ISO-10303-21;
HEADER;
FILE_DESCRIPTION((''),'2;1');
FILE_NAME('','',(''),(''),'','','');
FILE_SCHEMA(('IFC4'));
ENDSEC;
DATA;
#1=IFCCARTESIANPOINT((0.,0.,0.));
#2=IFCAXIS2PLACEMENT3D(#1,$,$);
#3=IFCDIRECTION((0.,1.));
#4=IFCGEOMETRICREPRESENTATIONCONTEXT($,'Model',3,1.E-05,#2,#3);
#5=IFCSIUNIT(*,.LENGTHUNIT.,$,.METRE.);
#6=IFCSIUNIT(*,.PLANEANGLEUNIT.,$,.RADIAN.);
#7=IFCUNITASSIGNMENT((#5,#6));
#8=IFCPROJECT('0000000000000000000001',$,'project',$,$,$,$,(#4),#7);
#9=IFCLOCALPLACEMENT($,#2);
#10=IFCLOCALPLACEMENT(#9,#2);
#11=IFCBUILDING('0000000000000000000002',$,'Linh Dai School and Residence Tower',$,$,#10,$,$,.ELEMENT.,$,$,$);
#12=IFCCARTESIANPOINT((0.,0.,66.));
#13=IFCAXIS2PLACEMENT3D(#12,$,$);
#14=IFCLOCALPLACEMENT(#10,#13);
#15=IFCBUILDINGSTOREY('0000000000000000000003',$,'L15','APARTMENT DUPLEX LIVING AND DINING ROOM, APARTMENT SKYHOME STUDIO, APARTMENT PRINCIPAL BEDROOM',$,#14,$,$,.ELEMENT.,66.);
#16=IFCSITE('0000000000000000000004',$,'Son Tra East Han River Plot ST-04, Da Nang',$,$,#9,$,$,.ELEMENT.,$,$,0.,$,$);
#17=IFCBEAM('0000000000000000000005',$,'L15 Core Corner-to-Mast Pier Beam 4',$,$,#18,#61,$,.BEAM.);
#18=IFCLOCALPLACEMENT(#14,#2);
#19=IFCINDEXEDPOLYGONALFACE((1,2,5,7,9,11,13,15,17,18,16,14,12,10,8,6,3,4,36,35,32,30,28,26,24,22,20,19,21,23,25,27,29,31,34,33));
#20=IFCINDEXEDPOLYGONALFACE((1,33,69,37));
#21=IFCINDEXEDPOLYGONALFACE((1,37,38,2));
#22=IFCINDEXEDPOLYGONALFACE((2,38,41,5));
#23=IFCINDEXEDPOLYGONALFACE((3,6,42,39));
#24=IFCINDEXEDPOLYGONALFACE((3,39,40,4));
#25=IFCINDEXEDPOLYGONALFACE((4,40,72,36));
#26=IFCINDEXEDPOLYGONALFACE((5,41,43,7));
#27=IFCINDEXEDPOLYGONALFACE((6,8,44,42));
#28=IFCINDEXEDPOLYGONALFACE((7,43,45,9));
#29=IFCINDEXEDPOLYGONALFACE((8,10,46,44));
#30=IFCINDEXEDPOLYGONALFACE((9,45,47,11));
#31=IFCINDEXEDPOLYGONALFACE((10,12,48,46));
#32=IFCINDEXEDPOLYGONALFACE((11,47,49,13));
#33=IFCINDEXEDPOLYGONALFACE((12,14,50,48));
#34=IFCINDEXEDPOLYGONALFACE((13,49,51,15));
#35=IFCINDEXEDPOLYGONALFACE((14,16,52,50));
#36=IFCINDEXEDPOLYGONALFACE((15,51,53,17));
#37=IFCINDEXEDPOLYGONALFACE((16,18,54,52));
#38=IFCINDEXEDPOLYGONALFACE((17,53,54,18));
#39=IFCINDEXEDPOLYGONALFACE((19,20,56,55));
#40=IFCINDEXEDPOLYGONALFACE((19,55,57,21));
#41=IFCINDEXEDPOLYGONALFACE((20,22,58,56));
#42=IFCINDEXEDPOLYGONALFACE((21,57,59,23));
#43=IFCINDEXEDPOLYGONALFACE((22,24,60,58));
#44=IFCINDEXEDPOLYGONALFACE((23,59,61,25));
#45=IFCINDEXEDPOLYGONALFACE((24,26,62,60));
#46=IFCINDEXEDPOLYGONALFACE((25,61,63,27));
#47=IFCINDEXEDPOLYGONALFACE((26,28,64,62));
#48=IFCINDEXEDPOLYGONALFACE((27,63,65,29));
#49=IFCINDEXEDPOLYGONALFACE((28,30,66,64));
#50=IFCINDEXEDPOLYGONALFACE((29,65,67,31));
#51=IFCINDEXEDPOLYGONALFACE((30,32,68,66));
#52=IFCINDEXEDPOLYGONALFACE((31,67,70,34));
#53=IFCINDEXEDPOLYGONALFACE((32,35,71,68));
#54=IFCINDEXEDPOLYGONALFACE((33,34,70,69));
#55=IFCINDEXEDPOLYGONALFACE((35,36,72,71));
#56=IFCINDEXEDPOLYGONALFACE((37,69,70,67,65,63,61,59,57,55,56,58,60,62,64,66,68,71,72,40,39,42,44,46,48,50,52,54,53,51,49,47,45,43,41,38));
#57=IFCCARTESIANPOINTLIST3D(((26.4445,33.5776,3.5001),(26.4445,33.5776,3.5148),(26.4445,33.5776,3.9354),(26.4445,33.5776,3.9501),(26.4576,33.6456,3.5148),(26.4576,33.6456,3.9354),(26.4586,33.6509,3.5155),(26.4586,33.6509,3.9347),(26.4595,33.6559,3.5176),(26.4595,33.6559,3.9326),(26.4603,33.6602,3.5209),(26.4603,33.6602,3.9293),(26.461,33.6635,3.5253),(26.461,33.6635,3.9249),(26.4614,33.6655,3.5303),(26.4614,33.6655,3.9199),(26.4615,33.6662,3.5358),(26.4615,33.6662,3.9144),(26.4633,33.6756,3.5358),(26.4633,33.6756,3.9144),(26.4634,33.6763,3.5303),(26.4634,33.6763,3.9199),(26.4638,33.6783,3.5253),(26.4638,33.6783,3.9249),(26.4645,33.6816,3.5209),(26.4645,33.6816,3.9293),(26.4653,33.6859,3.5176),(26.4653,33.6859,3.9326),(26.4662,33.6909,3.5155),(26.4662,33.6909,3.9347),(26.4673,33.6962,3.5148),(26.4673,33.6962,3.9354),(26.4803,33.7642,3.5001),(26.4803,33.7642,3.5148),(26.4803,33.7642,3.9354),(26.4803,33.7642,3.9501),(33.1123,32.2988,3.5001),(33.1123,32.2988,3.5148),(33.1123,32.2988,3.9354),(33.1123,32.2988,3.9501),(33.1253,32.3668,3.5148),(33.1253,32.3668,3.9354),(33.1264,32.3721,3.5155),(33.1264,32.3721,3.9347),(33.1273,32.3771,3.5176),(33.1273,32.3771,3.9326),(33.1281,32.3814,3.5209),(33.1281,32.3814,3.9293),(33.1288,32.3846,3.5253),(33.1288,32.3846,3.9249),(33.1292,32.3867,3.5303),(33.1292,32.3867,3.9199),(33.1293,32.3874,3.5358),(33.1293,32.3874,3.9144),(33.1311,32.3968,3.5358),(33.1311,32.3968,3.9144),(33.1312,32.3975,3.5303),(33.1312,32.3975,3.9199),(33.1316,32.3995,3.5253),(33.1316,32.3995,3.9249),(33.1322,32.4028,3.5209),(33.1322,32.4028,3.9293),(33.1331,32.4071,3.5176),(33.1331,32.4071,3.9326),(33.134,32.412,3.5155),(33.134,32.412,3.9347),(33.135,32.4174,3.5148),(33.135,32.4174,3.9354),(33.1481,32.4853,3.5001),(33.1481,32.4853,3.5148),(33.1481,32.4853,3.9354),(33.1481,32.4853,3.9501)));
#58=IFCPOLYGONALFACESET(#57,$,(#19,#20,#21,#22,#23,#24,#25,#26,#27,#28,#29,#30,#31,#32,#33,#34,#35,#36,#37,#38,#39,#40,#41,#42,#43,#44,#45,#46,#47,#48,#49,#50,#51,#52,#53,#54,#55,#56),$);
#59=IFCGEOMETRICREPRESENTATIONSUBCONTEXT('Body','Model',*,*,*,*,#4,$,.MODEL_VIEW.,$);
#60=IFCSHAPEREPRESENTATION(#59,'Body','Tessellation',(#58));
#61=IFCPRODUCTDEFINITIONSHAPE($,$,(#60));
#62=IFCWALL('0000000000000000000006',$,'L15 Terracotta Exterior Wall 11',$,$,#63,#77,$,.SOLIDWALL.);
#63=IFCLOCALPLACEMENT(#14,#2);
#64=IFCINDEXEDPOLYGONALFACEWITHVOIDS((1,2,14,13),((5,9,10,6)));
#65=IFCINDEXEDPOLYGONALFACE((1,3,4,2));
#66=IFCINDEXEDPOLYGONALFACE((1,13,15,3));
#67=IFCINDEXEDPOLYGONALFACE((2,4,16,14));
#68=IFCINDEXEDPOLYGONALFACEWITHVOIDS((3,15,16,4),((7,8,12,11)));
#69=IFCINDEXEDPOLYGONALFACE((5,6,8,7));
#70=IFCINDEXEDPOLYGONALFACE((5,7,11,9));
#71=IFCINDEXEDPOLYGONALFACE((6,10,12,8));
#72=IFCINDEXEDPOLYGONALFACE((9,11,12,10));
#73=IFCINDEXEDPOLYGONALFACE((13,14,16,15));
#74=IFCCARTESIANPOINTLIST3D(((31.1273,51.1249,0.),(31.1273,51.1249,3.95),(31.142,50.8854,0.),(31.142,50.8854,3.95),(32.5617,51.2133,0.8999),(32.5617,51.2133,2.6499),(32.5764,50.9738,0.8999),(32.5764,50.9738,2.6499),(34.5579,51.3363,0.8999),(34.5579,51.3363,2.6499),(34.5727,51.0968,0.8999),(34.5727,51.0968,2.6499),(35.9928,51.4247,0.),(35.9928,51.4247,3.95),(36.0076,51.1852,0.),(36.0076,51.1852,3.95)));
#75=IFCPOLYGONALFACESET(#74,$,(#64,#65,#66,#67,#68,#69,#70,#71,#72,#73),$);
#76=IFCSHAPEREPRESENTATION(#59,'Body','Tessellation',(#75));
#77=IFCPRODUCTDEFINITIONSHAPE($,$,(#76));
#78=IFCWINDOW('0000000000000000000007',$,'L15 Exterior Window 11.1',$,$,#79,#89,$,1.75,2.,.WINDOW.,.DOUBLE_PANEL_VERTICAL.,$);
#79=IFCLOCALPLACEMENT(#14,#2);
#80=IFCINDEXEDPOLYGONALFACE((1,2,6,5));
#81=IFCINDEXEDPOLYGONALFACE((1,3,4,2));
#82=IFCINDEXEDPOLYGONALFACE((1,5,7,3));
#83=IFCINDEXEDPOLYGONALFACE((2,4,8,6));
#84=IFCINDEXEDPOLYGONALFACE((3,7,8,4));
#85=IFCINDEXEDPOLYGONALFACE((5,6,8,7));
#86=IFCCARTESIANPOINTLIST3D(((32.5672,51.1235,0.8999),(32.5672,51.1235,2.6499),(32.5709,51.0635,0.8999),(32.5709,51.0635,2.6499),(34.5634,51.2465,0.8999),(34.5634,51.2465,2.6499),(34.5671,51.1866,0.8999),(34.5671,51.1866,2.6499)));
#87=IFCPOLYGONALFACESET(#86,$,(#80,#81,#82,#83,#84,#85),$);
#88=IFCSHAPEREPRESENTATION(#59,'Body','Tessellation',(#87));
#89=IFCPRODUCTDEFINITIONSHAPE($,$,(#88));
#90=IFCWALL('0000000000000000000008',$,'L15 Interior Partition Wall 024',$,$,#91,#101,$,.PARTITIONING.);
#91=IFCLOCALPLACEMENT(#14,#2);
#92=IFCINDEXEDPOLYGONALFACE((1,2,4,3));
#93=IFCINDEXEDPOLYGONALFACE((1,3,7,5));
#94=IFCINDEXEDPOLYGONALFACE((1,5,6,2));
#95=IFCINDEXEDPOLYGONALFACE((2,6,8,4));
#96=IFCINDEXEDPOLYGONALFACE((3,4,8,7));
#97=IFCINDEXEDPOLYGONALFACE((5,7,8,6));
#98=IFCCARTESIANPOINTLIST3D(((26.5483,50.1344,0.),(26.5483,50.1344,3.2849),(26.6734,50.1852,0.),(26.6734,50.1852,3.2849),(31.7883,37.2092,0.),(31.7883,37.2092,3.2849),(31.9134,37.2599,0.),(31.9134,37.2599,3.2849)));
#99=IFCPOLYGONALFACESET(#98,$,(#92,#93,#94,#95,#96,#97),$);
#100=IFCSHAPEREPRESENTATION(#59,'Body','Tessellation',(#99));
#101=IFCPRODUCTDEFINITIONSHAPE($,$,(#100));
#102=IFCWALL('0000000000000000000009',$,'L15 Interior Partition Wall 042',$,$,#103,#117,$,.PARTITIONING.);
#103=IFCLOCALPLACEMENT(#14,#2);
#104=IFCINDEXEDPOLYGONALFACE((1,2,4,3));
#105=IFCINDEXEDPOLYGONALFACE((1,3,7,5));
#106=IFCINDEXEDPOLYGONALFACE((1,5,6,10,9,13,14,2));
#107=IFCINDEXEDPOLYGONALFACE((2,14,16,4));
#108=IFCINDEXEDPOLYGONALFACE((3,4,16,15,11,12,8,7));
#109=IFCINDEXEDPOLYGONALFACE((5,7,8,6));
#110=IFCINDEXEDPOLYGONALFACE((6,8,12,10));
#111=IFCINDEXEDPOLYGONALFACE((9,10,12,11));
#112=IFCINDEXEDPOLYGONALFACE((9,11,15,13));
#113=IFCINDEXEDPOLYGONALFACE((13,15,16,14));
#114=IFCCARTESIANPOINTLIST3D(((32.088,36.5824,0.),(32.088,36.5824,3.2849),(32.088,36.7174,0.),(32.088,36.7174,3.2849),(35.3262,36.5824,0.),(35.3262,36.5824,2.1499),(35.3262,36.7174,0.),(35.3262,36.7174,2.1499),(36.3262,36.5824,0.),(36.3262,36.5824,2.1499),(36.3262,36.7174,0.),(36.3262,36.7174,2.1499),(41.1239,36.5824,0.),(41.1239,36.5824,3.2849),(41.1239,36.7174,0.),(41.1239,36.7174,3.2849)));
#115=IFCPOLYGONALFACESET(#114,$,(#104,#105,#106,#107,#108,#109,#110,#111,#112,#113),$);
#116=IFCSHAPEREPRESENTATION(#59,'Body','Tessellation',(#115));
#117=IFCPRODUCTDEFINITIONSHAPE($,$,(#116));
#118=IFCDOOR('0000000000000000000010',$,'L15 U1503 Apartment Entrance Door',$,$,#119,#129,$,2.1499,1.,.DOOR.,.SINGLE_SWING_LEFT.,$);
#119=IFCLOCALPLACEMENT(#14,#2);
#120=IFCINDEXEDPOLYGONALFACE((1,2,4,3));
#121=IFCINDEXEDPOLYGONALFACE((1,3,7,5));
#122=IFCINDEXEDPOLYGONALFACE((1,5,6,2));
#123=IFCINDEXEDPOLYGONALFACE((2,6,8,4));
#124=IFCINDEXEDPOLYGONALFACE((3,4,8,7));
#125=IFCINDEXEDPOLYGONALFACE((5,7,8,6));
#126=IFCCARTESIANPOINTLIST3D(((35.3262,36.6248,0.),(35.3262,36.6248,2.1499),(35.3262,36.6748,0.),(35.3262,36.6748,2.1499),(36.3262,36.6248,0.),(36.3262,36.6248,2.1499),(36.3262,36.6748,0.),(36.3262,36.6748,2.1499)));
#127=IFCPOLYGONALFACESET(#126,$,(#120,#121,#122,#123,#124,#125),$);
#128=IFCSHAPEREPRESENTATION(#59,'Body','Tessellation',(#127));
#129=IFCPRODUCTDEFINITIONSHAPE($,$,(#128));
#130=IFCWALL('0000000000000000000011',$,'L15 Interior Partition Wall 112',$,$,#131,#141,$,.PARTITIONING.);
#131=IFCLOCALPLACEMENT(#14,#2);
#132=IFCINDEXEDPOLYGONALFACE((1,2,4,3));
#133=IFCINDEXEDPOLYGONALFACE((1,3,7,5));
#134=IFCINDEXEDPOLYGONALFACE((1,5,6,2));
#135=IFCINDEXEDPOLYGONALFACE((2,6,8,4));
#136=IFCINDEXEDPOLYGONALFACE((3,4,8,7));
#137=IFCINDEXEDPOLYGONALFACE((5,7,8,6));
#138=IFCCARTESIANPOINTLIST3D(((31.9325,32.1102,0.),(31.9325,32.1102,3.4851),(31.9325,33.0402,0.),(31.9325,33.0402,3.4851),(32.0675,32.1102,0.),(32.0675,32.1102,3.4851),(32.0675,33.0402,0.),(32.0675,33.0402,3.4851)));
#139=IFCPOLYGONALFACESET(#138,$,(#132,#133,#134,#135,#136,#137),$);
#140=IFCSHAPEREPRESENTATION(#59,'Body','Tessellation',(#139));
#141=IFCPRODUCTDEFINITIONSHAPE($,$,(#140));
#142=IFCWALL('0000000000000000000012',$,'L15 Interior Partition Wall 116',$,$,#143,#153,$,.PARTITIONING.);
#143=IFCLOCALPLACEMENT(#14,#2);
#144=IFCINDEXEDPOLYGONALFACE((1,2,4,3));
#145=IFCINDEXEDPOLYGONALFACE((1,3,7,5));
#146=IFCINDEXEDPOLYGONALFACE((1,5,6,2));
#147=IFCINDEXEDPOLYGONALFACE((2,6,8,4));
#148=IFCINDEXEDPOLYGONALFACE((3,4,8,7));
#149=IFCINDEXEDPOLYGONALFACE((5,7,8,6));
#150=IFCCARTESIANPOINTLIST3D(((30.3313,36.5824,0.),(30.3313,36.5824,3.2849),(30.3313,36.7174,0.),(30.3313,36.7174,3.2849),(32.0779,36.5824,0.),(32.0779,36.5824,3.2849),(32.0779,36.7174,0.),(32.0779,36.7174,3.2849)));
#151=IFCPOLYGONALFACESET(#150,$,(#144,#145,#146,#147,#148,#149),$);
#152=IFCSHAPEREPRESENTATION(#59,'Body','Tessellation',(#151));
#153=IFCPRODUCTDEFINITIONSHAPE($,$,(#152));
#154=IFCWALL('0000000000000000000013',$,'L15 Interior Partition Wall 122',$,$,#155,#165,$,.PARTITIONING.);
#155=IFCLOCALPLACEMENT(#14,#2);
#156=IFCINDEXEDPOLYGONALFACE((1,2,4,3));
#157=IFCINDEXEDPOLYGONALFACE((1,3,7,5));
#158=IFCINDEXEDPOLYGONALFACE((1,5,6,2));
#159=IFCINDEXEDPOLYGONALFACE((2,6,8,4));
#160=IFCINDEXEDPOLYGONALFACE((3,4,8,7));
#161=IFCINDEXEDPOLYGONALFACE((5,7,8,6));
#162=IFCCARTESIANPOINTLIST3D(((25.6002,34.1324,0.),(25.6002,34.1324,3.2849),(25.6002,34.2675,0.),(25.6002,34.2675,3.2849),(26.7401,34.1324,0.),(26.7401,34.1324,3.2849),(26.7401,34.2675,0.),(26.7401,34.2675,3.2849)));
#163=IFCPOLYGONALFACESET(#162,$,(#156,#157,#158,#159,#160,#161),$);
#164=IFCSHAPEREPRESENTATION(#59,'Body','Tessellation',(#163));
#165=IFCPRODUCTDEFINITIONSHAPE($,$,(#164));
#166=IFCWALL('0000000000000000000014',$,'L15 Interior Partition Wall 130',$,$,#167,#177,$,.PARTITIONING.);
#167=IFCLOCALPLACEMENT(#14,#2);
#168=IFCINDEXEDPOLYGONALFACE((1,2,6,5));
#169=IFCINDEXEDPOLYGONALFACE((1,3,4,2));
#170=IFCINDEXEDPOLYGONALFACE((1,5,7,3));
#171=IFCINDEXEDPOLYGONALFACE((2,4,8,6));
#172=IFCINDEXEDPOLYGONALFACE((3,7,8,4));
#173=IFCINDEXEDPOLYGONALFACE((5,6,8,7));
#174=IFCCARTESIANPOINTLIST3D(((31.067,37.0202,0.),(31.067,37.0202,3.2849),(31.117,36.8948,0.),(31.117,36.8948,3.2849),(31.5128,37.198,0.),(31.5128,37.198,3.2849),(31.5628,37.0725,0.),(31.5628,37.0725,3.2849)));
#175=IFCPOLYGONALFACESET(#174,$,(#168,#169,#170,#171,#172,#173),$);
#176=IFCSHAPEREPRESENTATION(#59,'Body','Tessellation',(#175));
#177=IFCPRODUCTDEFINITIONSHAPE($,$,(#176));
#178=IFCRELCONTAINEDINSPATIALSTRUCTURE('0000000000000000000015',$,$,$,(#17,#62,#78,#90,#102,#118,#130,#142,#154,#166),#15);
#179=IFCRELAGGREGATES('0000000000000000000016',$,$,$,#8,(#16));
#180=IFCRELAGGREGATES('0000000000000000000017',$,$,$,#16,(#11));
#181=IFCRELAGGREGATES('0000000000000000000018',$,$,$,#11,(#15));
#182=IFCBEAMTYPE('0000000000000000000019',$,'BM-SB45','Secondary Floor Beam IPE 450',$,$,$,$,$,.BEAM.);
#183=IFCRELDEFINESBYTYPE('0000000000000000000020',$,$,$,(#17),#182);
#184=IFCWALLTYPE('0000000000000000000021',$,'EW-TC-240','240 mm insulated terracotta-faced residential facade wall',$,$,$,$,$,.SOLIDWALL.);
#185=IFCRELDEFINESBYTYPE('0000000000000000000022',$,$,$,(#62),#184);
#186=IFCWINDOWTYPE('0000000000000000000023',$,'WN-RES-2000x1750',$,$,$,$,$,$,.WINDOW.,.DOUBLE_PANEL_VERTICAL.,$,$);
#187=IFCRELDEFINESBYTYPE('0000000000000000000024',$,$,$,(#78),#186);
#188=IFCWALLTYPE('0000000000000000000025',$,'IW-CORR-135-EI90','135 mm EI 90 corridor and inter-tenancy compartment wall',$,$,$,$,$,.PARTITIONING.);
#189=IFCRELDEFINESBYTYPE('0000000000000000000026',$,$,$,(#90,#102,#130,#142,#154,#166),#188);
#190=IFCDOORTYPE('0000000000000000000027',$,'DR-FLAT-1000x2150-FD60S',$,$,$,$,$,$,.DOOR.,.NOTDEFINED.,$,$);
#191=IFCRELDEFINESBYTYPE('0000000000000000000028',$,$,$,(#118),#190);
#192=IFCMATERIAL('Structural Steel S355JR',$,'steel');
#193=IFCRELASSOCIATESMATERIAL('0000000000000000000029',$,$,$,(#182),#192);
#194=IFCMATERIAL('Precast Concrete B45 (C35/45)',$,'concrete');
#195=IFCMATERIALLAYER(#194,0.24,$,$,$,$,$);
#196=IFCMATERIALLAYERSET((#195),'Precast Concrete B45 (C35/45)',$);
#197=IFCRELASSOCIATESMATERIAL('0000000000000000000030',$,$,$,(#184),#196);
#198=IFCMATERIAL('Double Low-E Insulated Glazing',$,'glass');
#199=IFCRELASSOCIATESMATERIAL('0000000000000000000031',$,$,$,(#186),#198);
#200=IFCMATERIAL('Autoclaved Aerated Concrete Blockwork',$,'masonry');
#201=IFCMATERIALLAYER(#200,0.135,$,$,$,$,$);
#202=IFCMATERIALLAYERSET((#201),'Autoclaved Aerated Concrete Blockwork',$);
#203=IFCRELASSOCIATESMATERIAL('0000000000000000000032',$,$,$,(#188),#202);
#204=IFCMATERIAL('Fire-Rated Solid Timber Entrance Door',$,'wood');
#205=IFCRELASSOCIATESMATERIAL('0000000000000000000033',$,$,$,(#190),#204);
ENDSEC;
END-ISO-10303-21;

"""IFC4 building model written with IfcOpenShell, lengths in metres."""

from ifc_helpers import new_model, si_unit, direction, frame, frame_2d, origin, origin_2d, place, context, subcontext, project, spatial, rectangle, i_section, extrude, source, transform, mapped, material, layer, layer_set, material_profile, profile_set, type_object, element, fill, save


model = new_model("IFC4")

# Units and contexts
model_context = context("Model", 3, precision=1e-05, world=origin(), true_north=direction((0.0, 1.0)))
body_context = subcontext(model_context, "Body", "Model", "MODEL_VIEW")
ifc_project = project(units=[si_unit("LENGTHUNIT", "METRE"), si_unit("PLANEANGLEUNIT", "RADIAN")], contexts=[model_context])

# Site, building, storey
site_placement = place(None, origin())
site = spatial("IfcSite", under=ifc_project, at=site_placement, Name="Son Tra East Han River Plot ST-04, Da Nang", CompositionType="ELEMENT", RefElevation=0.0)
building_placement = place(site_placement, origin())
building = spatial("IfcBuilding", under=site, at=building_placement, Name="Linh Dai School and Residence Tower", CompositionType="ELEMENT")
storey_placement = place(building_placement, frame((0.0, 0.0, 66.0)))
storey = spatial("IfcBuildingStorey", under=building, at=storey_placement, Name="L15", Description="APARTMENT DUPLEX LIVING AND DINING ROOM, APARTMENT SKYHOME STUDIO, APARTMENT PRINCIPAL BEDROOM", CompositionType="ELEMENT", Elevation=66.0)

# Shared definitions
ifc_material_1 = material(Name="Structural Steel S355JR", Category="steel")

# Beam
ifc_material_profile_1 = material_profile(ifc_material_1, i_section(OverallWidth=0.1899, OverallDepth=0.45, WebThickness=0.0095, FlangeThickness=0.0146, FilletRadius=0.021, at=origin_2d()), Name="IPE 450")
ifc_profile_set_1 = profile_set([ifc_material_profile_1], Name="Structural Steel S355JR")
beam_type_1 = type_object("IfcBeamType", Name="BM-SB45", Description="Secondary Floor Beam IPE 450", PredefinedType="BEAM", material=ifc_profile_set_1)
beam_1_placement = place(storey_placement, frame((26.4624, 33.6709, 3.7251), z_axis=(0.9821, -0.188358, 0.0), x_axis=(0.188358, 0.9821, 0.0)))
element("IfcBeam", 1, at=beam_1_placement, inside=storey, type_object=beam_type_1, Name="L15 Core Corner-to-Mast Pier Beam 4", PredefinedType="BEAM", context=body_context, shape_type="SweptSolid", body=[
    extrude(i_section(OverallWidth=0.1899, OverallDepth=0.45, WebThickness=0.0095, FlangeThickness=0.0146, FilletRadius=0.021, at=origin_2d()), origin(), (0.0, 0.0, 1.0), 6.7893),
])

# Wall, opening, window
ifc_material_2 = material(Name="Precast Concrete B45 (C35/45)", Category="concrete")
ifc_layer_1 = layer(ifc_material_2, 0.24)
ifc_layer_set_1 = layer_set([ifc_layer_1], Name="Precast Concrete B45 (C35/45)")
wall_type_1 = type_object("IfcWallType", Name="EW-TC-240", Description="240 mm insulated terracotta-faced residential facade wall", PredefinedType="SOLIDWALL", material=ifc_layer_set_1)
wall_1_placement = place(storey_placement, frame((31.1345, 51.0051, 0.0), z_axis=(0.0, 0.0, 1.0), x_axis=(0.998107, 0.061502, 0.0)))
wall_1 = element("IfcWall", 2, at=wall_1_placement, inside=storey, type_object=wall_type_1, Name="L15 Terracotta Exterior Wall 11", PredefinedType="SOLIDWALL", context=body_context, shape_type="SweptSolid", body=[
    extrude(rectangle(XDim=4.8748, YDim=0.24, at=frame_2d((2.4375, 0.0))), origin(), (0.0, 0.0, 1.0), 3.95),
])
opening_1_placement = place(wall_1_placement, frame((1.4373, 0.0, 0.8999)))
opening_1 = element("IfcOpeningElement", 3, at=opening_1_placement, cuts=wall_1, PredefinedType="OPENING", context=body_context, shape_type="SweptSolid", body=[
    extrude(rectangle(XDim=2.0, YDim=1.75, at=origin_2d()), frame((1.0, 0.1299, 0.875), z_axis=(0.0, -1.0, 0.0), x_axis=(1.0, 0.0, 0.0)), (0.0, 0.0, 1.0), 0.26),
])
ifc_material_3 = material(Name="Double Low-E Insulated Glazing", Category="glass")
window_type = type_object("IfcWindowType", Name="WN-RES-2000x1750", PartitioningType="DOUBLE_PANEL_VERTICAL", PredefinedType="WINDOW", material=ifc_material_3)
shared_shape_1 = source(origin(), body_context, "Body", "SweptSolid", [
    extrude(rectangle(XDim=2.0, YDim=1.75, at=origin_2d()), frame((1.0, 0.03, 0.875), z_axis=(0.0, -1.0, 0.0), x_axis=(1.0, 0.0, 0.0)), (0.0, 0.0, 1.0), 0.0601),
])
window_placement = place(opening_1_placement, origin())
window = element("IfcWindow", 4, at=window_placement, inside=storey, type_object=window_type, Name="L15 Exterior Window 11.1", OverallHeight=1.75, OverallWidth=2.0, PartitioningType="DOUBLE_PANEL_VERTICAL", PredefinedType="WINDOW", context=body_context, shape_type="MappedRepresentation", body=[
    mapped(shared_shape_1, transform((0.0, 0.0, 0.0), x_axis=(1.0, 0.0, 0.0), y_axis=(0.0, 1.0, 0.0), z_axis=(0.0, 0.0, 1.0), scale=1.0)),
])
fill(opening_1, window)

# Wall
ifc_material_4 = material(Name="Autoclaved Aerated Concrete Blockwork", Category="masonry")
ifc_layer_2 = layer(ifc_material_4, 0.135)
ifc_layer_set_2 = layer_set([ifc_layer_2], Name="Autoclaved Aerated Concrete Blockwork")
wall_type_2 = type_object("IfcWallType", Name="IW-CORR-135-EI90", Description="135 mm EI 90 corridor and inter-tenancy compartment wall", PredefinedType="PARTITIONING", material=ifc_layer_set_2)
wall_2_placement = place(storey_placement, frame((26.6108, 50.1599, 0.0), z_axis=(0.0, 0.0, 1.0), x_axis=(0.375706, -0.926739, 0.0)))
element("IfcWall", 5, at=wall_2_placement, inside=storey, type_object=wall_type_2, Name="L15 Interior Partition Wall 024", PredefinedType="PARTITIONING", context=body_context, shape_type="SweptSolid", body=[
    extrude(rectangle(XDim=13.947, YDim=0.135, at=frame_2d((6.9736, 0.0))), origin(), (0.0, 0.0, 1.0), 3.2849),
])

# Wall, opening, door
wall_3_placement = place(storey_placement, frame((32.0879, 36.6499, 0.0), z_axis=(0.0, 0.0, 1.0), x_axis=(1.0, 0.0, 0.0)))
wall_3 = element("IfcWall", 6, at=wall_3_placement, inside=storey, type_object=wall_type_2, Name="L15 Interior Partition Wall 042", PredefinedType="PARTITIONING", context=body_context, shape_type="SweptSolid", body=[
    extrude(rectangle(XDim=9.0359, YDim=0.135, at=frame_2d((4.5181, 0.0))), origin(), (0.0, 0.0, 1.0), 3.2849),
])
opening_2_placement = place(wall_3_placement, frame((3.2383, 0.0, 0.0)))
opening_2 = element("IfcOpeningElement", 7, at=opening_2_placement, cuts=wall_3, PredefinedType="OPENING", context=body_context, shape_type="SweptSolid", body=[
    extrude(rectangle(XDim=1.0, YDim=2.1499, at=origin_2d()), frame((0.5, 0.0776, 1.075), z_axis=(0.0, -1.0, 0.0), x_axis=(1.0, 0.0, 0.0)), (0.0, 0.0, 1.0), 0.155),
])
ifc_material_5 = material(Name="Fire-Rated Solid Timber Entrance Door", Category="wood")
door_type_1 = type_object("IfcDoorType", Name="DR-FLAT-1000x2150-FD60S", OperationType="NOTDEFINED", PredefinedType="DOOR", material=ifc_material_5)
shared_shape_2 = source(origin(), body_context, "Body", "SweptSolid", [
    extrude(rectangle(XDim=1.0, YDim=2.1499, at=origin_2d()), frame((0.5, 0.0249, 1.075), z_axis=(0.0, -1.0, 0.0), x_axis=(1.0, 0.0, 0.0)), (0.0, 0.0, 1.0), 0.05),
])
door_1_placement = place(opening_2_placement, origin())
door_1 = element("IfcDoor", 8, at=door_1_placement, inside=storey, type_object=door_type_1, Name="L15 U1503 Apartment Entrance Door", OperationType="SINGLE_SWING_LEFT", OverallHeight=2.1499, OverallWidth=1.0, PredefinedType="DOOR", context=body_context, shape_type="MappedRepresentation", body=[
    mapped(shared_shape_2, transform((0.0, 0.0, 0.0), x_axis=(1.0, 0.0, 0.0), y_axis=(0.0, 1.0, 0.0), z_axis=(0.0, 0.0, 1.0), scale=1.0)),
])
fill(opening_2, door_1)

# Walls
wall_4_placement = place(storey_placement, frame((32.0, 33.04, 0.0), z_axis=(0.0, 0.0, 1.0), x_axis=(0.0, -1.0, 0.0)))
element("IfcWall", 9, at=wall_4_placement, inside=storey, type_object=wall_type_2, Name="L15 Interior Partition Wall 112", PredefinedType="PARTITIONING", context=body_context, shape_type="SweptSolid", body=[
    extrude(rectangle(XDim=0.9299, YDim=0.135, at=frame_2d((0.4648, 0.0))), origin(), (0.0, 0.0, 1.0), 3.4851),
])
wall_5_placement = place(storey_placement, frame((30.3313, 36.6499, 0.0), z_axis=(0.0, 0.0, 1.0), x_axis=(1.0, 0.0, 0.0)))
element("IfcWall", 10, at=wall_5_placement, inside=storey, type_object=wall_type_2, Name="L15 Interior Partition Wall 116", PredefinedType="PARTITIONING", context=body_context, shape_type="SweptSolid", body=[
    extrude(rectangle(XDim=1.7466, YDim=0.135, at=frame_2d((0.8733, 0.0))), origin(), (0.0, 0.0, 1.0), 3.2849),
])
wall_6_placement = place(storey_placement, frame((26.74, 34.2, 0.0), z_axis=(0.0, 0.0, 1.0), x_axis=(-1.0, 0.0, 0.0)))
element("IfcWall", 11, at=wall_6_placement, inside=storey, type_object=wall_type_2, Name="L15 Interior Partition Wall 122", PredefinedType="PARTITIONING", context=body_context, shape_type="SweptSolid", body=[
    extrude(rectangle(XDim=1.1399, YDim=0.135, at=frame_2d((0.5698, 0.0))), origin(), (0.0, 0.0, 1.0), 3.2849),
])
wall_7_placement = place(storey_placement, frame((31.5378, 37.1353, 0.0), z_axis=(0.0, 0.0, 1.0), x_axis=(-0.928897, -0.370338, 0.0)))
element("IfcWall", 12, at=wall_7_placement, inside=storey, type_object=wall_type_2, Name="L15 Interior Partition Wall 130", PredefinedType="PARTITIONING", context=body_context, shape_type="SweptSolid", body=[
    extrude(rectangle(XDim=0.48, YDim=0.135, at=frame_2d((0.24, 0.0))), origin(), (0.0, 0.0, 1.0), 3.2849),
])

save(model, "model.ifc")
